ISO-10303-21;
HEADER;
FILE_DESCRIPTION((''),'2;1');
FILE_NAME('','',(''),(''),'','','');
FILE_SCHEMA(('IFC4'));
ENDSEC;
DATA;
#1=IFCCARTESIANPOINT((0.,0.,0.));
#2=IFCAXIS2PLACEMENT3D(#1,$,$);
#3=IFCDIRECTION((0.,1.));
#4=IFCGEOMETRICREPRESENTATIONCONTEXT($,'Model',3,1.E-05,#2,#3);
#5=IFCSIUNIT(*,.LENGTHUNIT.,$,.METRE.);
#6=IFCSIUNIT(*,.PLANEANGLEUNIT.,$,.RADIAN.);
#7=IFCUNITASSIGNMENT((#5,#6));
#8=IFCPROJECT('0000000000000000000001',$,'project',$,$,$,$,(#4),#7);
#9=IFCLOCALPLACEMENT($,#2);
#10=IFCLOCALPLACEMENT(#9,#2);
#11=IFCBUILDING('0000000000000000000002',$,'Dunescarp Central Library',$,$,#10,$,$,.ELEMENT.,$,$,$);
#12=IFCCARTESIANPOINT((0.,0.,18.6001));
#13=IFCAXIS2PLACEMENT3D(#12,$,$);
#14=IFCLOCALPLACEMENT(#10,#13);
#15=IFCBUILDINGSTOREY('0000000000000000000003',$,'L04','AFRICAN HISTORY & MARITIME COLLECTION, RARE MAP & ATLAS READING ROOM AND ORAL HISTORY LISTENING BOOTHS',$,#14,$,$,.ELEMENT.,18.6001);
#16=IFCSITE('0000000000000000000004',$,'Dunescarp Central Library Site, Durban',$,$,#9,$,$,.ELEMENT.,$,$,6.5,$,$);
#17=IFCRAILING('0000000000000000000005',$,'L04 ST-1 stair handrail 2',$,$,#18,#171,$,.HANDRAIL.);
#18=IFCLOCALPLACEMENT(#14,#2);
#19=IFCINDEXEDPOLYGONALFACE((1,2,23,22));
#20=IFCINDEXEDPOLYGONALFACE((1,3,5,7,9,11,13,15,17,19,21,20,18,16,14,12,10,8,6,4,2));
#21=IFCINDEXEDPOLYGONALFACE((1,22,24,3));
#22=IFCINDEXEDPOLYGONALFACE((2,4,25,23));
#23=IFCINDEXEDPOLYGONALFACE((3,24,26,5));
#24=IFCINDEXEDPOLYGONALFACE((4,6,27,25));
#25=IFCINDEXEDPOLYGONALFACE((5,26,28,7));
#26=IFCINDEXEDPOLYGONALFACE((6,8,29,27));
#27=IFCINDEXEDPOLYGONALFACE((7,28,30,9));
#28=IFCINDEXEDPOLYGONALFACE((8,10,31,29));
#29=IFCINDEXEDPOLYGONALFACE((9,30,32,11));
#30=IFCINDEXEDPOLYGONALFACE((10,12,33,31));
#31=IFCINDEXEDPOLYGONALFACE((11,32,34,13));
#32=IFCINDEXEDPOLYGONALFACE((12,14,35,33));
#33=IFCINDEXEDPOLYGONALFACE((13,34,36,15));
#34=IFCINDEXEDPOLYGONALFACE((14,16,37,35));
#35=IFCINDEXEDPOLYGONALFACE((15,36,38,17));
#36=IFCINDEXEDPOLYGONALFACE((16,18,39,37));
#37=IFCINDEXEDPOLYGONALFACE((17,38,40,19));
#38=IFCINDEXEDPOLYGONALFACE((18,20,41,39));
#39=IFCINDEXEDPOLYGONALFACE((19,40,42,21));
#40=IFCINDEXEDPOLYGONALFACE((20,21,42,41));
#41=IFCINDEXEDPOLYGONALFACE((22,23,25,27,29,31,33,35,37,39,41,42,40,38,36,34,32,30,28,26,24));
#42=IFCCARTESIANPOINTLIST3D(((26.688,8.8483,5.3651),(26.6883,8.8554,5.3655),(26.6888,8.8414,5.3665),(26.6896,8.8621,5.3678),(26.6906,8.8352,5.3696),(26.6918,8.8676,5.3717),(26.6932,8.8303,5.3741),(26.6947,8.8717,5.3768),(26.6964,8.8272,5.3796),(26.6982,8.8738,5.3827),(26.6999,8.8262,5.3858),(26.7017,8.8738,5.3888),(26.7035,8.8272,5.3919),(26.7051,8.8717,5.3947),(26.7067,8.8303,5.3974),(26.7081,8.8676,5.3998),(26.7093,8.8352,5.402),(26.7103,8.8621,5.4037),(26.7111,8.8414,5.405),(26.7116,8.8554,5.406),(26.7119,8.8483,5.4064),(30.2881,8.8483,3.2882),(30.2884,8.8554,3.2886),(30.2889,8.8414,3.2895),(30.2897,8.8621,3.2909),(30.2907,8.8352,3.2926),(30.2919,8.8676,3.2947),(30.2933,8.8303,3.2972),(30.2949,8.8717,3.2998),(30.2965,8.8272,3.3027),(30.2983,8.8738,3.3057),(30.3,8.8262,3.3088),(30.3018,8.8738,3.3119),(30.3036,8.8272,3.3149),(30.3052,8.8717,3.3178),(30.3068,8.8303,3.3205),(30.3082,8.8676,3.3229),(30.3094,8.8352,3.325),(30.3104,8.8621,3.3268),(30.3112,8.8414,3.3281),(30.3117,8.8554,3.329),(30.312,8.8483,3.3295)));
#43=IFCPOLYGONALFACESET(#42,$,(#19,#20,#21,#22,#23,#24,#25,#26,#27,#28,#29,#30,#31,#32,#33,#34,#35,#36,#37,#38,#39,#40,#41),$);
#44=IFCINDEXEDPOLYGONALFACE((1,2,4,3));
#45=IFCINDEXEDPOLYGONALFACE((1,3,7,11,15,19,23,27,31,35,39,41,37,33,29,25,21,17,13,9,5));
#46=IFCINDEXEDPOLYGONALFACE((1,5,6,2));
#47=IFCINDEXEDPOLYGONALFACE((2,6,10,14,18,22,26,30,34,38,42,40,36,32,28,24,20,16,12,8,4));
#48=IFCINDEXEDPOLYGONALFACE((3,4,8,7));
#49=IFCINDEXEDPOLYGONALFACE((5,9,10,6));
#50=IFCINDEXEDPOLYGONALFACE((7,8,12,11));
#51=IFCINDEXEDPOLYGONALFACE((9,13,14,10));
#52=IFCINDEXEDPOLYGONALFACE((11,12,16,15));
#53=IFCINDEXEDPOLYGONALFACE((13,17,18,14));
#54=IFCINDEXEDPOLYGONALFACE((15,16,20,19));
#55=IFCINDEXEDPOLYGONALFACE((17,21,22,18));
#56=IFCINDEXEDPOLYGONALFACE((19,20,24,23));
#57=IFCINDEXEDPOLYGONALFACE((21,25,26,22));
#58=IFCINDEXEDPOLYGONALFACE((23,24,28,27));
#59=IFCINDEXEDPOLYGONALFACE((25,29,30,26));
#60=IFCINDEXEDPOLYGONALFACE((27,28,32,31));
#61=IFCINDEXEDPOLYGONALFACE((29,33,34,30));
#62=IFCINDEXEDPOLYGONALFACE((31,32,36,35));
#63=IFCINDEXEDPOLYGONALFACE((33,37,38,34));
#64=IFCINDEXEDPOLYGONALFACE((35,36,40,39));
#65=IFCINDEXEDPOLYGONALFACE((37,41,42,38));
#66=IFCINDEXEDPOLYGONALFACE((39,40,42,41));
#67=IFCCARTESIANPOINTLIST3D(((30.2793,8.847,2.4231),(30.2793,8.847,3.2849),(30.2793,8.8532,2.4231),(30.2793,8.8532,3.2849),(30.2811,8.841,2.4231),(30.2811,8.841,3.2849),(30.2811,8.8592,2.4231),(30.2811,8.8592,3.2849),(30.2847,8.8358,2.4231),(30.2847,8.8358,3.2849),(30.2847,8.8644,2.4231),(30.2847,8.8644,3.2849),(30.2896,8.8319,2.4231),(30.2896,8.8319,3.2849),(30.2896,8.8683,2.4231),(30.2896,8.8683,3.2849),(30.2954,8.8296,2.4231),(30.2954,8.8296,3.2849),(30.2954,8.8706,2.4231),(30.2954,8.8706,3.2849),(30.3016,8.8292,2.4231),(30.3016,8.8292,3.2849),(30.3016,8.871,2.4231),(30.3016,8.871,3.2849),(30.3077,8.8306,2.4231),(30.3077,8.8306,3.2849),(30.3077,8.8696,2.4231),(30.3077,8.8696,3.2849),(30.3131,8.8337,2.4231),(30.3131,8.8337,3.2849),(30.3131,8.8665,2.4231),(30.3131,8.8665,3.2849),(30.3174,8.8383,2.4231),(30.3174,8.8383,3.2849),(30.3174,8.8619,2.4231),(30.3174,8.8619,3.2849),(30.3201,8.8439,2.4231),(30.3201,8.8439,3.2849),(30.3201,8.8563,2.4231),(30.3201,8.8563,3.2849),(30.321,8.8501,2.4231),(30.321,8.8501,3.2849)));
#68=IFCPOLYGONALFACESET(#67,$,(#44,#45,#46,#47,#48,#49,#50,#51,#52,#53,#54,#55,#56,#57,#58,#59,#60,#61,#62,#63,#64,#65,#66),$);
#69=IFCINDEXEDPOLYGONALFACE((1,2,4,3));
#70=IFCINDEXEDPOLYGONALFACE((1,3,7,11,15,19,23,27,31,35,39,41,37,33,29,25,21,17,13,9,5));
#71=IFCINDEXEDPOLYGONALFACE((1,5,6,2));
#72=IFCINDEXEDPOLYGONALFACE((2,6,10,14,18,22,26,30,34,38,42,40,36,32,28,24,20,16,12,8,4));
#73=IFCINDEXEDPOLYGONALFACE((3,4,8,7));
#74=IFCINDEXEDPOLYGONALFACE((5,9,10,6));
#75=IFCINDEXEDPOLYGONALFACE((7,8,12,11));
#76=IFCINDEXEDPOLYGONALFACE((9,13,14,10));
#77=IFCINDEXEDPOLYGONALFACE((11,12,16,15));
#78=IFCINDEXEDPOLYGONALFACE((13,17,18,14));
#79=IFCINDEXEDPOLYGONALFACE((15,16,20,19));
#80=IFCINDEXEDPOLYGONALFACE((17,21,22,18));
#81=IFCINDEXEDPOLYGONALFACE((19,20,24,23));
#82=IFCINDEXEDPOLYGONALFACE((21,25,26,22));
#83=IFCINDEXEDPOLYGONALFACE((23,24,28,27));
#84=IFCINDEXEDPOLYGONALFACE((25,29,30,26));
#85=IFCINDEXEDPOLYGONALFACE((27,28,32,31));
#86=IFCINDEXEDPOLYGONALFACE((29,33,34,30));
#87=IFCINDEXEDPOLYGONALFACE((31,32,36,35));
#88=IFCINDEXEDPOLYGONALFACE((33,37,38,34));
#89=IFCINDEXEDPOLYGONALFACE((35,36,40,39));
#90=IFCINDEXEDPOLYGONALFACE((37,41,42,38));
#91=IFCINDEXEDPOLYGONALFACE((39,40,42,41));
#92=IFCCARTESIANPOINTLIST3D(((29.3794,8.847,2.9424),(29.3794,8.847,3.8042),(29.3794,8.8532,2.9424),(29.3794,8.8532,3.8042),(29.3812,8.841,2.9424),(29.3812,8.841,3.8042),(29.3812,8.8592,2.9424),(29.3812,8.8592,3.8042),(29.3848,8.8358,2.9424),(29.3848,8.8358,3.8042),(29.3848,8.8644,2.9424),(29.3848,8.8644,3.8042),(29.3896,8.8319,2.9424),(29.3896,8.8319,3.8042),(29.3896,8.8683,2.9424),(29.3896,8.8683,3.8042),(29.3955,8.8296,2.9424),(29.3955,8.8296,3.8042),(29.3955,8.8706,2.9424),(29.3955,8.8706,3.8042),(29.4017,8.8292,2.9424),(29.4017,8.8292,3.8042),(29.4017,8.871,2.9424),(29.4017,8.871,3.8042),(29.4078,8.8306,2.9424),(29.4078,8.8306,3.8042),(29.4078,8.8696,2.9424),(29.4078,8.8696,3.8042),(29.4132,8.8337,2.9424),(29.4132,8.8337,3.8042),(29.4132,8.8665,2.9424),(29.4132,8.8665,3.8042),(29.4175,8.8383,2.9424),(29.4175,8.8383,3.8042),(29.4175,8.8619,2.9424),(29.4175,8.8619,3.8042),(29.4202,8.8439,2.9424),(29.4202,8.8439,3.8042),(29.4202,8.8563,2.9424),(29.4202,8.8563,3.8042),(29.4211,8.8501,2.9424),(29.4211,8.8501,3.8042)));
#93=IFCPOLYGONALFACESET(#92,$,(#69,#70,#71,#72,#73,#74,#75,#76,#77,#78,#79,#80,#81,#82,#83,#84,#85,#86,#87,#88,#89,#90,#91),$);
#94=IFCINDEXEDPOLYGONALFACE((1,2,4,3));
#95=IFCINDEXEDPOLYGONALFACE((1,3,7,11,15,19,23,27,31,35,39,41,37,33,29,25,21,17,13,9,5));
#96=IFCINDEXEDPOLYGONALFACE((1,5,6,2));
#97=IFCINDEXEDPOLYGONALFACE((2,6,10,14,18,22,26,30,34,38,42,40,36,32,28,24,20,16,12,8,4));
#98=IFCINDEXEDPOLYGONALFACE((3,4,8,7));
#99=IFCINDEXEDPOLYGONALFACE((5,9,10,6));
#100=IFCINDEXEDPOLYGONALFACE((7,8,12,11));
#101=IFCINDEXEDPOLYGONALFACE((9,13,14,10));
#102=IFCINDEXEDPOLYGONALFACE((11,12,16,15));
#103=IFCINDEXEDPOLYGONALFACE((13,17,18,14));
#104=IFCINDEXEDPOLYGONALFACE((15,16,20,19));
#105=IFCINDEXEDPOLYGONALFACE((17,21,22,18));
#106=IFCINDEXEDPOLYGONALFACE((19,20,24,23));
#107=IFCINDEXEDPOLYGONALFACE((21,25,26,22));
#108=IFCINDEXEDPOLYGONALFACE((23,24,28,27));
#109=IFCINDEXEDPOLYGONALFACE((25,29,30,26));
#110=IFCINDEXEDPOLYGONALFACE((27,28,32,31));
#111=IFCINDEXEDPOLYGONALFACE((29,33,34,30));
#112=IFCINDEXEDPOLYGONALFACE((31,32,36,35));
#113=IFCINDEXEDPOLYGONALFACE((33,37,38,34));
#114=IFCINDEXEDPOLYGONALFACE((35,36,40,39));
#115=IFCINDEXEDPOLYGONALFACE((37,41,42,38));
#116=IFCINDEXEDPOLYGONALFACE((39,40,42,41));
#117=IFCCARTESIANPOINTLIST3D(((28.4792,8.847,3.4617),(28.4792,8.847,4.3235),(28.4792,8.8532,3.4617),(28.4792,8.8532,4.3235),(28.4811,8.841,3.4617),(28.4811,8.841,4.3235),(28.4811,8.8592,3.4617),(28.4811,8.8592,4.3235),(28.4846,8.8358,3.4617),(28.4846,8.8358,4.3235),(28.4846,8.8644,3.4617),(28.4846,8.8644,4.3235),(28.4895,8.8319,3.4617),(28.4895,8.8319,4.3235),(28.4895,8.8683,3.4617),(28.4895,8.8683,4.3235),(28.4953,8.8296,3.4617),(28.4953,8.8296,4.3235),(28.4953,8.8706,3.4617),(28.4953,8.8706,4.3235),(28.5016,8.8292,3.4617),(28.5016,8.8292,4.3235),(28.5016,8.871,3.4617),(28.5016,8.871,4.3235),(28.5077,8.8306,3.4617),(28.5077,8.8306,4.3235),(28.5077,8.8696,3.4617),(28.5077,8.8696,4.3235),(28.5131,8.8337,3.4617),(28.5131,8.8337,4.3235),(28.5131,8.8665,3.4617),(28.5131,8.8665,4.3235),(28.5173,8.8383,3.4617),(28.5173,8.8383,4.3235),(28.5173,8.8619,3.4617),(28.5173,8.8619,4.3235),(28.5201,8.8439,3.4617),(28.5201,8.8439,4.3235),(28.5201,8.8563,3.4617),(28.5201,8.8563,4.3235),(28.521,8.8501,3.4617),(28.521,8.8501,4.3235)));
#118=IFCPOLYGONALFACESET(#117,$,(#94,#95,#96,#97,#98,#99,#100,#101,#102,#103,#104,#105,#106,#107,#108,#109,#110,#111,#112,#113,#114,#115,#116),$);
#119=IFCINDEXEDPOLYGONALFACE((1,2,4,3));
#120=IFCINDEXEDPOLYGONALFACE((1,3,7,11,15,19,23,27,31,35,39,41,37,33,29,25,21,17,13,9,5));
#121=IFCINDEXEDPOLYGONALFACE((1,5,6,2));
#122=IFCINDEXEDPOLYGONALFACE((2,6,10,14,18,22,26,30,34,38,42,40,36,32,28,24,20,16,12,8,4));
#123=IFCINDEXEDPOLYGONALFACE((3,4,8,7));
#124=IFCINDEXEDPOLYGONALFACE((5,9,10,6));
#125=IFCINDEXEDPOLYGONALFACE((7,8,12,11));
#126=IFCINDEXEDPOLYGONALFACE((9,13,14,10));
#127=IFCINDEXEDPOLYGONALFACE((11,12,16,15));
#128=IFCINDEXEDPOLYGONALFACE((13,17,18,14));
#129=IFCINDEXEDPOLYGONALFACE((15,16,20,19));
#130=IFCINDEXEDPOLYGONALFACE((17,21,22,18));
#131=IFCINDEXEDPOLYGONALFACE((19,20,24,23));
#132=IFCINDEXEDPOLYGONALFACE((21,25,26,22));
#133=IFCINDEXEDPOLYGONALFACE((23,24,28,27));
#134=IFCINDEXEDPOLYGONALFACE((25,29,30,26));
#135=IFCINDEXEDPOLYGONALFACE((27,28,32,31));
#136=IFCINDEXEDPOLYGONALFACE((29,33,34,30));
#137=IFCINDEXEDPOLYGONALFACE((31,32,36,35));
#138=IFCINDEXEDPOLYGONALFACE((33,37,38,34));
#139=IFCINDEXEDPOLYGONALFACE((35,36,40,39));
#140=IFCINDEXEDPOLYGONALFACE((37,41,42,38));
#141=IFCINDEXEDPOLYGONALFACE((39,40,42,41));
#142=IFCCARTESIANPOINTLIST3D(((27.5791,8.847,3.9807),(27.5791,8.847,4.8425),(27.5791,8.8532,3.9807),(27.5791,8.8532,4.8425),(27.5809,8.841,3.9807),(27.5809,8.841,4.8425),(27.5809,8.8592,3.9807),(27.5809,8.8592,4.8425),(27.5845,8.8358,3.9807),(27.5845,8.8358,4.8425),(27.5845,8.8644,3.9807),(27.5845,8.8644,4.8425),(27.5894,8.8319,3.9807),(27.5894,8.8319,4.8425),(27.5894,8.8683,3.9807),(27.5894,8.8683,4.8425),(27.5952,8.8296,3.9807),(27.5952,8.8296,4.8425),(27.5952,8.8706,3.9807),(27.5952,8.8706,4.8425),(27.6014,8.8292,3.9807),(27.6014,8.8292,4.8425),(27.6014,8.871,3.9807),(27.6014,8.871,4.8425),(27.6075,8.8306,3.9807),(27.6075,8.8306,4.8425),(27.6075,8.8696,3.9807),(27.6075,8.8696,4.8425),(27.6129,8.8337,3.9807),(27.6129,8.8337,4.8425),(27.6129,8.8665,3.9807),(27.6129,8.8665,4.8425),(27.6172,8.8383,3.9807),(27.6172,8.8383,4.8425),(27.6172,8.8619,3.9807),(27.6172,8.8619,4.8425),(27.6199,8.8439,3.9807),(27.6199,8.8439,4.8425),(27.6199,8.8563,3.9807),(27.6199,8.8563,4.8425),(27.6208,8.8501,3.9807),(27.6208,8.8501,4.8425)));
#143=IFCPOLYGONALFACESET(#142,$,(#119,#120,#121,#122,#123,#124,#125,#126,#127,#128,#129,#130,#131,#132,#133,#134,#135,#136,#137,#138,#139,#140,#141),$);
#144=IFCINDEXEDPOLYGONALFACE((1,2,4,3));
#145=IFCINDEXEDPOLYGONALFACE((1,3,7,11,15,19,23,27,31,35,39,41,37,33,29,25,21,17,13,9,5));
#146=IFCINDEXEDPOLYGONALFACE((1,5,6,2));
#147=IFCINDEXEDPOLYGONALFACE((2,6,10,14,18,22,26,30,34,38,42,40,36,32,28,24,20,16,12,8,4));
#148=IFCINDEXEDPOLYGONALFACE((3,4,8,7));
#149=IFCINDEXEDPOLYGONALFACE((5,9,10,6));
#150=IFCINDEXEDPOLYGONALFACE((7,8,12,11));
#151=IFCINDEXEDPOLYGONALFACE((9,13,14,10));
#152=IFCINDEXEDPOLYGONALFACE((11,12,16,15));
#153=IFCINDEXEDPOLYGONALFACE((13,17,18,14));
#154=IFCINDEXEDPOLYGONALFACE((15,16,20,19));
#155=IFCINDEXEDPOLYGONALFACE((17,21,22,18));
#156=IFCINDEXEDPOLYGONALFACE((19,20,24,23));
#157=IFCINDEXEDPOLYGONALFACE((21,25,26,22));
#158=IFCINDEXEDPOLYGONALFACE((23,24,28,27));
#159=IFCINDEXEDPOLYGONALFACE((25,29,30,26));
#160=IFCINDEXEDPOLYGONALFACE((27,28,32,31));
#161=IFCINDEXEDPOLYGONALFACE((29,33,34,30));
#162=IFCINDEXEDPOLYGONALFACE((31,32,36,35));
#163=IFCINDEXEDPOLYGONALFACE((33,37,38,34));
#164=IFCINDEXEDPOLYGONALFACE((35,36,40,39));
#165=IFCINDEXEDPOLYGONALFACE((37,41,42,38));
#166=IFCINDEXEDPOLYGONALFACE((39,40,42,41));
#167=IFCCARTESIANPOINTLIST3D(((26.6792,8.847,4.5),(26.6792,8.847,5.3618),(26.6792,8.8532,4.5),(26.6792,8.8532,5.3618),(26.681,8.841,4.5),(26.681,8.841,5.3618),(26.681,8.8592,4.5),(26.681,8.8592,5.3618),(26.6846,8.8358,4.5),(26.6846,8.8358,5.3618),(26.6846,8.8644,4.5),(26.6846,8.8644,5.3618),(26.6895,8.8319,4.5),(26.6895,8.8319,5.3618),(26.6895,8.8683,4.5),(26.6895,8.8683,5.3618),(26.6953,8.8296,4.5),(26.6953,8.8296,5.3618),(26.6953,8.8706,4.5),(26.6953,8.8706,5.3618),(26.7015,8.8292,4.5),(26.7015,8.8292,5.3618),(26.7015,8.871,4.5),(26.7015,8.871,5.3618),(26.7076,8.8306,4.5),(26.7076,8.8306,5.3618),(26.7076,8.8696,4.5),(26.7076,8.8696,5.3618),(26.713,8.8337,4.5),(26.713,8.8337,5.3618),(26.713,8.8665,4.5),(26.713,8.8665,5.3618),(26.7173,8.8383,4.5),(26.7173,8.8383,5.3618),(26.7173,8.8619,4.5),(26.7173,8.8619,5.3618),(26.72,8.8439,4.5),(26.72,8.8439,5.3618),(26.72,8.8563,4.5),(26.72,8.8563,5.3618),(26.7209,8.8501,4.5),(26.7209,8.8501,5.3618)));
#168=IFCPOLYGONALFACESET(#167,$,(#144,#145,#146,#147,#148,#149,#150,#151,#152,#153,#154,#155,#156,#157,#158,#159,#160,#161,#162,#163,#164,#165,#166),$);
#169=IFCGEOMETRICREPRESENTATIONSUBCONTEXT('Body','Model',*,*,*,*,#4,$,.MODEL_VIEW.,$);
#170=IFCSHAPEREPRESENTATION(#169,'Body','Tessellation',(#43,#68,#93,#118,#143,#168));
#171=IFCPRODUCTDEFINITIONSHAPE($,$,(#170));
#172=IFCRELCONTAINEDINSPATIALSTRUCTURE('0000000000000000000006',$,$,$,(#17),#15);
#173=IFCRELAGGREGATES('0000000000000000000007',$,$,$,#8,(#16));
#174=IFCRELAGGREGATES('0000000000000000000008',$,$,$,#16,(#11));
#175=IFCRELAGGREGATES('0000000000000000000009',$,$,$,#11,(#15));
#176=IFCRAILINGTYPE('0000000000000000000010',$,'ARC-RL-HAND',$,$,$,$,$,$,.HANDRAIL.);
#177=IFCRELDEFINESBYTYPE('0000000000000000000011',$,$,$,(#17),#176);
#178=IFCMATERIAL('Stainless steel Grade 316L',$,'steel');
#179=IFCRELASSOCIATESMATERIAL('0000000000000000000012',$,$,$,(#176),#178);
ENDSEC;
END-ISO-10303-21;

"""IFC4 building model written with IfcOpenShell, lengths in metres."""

from ifc_helpers import new_model, si_unit, direction, frame, origin, origin_2d, place, context, subcontext, project, spatial, circle, extrude, material, type_object, element, save


model = new_model("IFC4")

# Units and contexts
model_context = context("Model", 3, precision=1e-05, world=origin(), true_north=direction((0.0, 1.0)))
body_context = subcontext(model_context, "Body", "Model", "MODEL_VIEW")
ifc_project = project(units=[si_unit("LENGTHUNIT", "METRE"), si_unit("PLANEANGLEUNIT", "RADIAN")], contexts=[model_context])

# Site, building, storey
site_placement = place(None, origin())
site = spatial("IfcSite", under=ifc_project, at=site_placement, Name="Dunescarp Central Library Site, Durban", CompositionType="ELEMENT", RefElevation=6.5)
building_placement = place(site_placement, origin())
building = spatial("IfcBuilding", under=site, at=building_placement, Name="Dunescarp Central Library", CompositionType="ELEMENT")
storey_placement = place(building_placement, frame((0.0, 0.0, 18.6001)))
storey = spatial("IfcBuildingStorey", under=building, at=storey_placement, Name="L04", Description="AFRICAN HISTORY & MARITIME COLLECTION, RARE MAP & ATLAS READING ROOM AND ORAL HISTORY LISTENING BOOTHS", CompositionType="ELEMENT", Elevation=18.6001)

# Shared definitions
ifc_material_1 = material(Name="Stainless steel Grade 316L", Category="steel")

# Railing
railing_type = type_object("IfcRailingType", Name="ARC-RL-HAND", PredefinedType="HANDRAIL", material=ifc_material_1)
railing_placement = place(storey_placement, frame((30.3, 8.8501, 2.4231)))
element("IfcRailing", 1, at=railing_placement, inside=storey, type_object=railing_type, Name="L04 ST-1 stair handrail 2", PredefinedType="HANDRAIL", context=body_context, shape_type="SweptSolid", body=[
    extrude(circle(Radius=0.0239, at=origin_2d()), frame((0.0, 0.0, 0.8857), z_axis=(-0.866193, 0.0, 0.499709), x_axis=(0.0, -1.0, 0.0)), (0.0, 0.0, 1.0), 4.1562),
    extrude(circle(Radius=0.021, at=origin_2d()), origin(), (0.0, 0.0, 1.0), 0.8618),
    extrude(circle(Radius=0.021, at=origin_2d()), frame((-0.8999, 0.0, 0.5193)), (0.0, 0.0, 1.0), 0.8618),
    extrude(circle(Radius=0.021, at=origin_2d()), frame((-1.8, 0.0, 1.0386)), (0.0, 0.0, 1.0), 0.8618),
    extrude(circle(Radius=0.021, at=origin_2d()), frame((-2.7002, 0.0, 1.5576)), (0.0, 0.0, 1.0), 0.8618),
    extrude(circle(Radius=0.021, at=origin_2d()), frame((-3.6001, 0.0, 2.0769)), (0.0, 0.0, 1.0), 0.8618),
])

save(model, "model.ifc")
